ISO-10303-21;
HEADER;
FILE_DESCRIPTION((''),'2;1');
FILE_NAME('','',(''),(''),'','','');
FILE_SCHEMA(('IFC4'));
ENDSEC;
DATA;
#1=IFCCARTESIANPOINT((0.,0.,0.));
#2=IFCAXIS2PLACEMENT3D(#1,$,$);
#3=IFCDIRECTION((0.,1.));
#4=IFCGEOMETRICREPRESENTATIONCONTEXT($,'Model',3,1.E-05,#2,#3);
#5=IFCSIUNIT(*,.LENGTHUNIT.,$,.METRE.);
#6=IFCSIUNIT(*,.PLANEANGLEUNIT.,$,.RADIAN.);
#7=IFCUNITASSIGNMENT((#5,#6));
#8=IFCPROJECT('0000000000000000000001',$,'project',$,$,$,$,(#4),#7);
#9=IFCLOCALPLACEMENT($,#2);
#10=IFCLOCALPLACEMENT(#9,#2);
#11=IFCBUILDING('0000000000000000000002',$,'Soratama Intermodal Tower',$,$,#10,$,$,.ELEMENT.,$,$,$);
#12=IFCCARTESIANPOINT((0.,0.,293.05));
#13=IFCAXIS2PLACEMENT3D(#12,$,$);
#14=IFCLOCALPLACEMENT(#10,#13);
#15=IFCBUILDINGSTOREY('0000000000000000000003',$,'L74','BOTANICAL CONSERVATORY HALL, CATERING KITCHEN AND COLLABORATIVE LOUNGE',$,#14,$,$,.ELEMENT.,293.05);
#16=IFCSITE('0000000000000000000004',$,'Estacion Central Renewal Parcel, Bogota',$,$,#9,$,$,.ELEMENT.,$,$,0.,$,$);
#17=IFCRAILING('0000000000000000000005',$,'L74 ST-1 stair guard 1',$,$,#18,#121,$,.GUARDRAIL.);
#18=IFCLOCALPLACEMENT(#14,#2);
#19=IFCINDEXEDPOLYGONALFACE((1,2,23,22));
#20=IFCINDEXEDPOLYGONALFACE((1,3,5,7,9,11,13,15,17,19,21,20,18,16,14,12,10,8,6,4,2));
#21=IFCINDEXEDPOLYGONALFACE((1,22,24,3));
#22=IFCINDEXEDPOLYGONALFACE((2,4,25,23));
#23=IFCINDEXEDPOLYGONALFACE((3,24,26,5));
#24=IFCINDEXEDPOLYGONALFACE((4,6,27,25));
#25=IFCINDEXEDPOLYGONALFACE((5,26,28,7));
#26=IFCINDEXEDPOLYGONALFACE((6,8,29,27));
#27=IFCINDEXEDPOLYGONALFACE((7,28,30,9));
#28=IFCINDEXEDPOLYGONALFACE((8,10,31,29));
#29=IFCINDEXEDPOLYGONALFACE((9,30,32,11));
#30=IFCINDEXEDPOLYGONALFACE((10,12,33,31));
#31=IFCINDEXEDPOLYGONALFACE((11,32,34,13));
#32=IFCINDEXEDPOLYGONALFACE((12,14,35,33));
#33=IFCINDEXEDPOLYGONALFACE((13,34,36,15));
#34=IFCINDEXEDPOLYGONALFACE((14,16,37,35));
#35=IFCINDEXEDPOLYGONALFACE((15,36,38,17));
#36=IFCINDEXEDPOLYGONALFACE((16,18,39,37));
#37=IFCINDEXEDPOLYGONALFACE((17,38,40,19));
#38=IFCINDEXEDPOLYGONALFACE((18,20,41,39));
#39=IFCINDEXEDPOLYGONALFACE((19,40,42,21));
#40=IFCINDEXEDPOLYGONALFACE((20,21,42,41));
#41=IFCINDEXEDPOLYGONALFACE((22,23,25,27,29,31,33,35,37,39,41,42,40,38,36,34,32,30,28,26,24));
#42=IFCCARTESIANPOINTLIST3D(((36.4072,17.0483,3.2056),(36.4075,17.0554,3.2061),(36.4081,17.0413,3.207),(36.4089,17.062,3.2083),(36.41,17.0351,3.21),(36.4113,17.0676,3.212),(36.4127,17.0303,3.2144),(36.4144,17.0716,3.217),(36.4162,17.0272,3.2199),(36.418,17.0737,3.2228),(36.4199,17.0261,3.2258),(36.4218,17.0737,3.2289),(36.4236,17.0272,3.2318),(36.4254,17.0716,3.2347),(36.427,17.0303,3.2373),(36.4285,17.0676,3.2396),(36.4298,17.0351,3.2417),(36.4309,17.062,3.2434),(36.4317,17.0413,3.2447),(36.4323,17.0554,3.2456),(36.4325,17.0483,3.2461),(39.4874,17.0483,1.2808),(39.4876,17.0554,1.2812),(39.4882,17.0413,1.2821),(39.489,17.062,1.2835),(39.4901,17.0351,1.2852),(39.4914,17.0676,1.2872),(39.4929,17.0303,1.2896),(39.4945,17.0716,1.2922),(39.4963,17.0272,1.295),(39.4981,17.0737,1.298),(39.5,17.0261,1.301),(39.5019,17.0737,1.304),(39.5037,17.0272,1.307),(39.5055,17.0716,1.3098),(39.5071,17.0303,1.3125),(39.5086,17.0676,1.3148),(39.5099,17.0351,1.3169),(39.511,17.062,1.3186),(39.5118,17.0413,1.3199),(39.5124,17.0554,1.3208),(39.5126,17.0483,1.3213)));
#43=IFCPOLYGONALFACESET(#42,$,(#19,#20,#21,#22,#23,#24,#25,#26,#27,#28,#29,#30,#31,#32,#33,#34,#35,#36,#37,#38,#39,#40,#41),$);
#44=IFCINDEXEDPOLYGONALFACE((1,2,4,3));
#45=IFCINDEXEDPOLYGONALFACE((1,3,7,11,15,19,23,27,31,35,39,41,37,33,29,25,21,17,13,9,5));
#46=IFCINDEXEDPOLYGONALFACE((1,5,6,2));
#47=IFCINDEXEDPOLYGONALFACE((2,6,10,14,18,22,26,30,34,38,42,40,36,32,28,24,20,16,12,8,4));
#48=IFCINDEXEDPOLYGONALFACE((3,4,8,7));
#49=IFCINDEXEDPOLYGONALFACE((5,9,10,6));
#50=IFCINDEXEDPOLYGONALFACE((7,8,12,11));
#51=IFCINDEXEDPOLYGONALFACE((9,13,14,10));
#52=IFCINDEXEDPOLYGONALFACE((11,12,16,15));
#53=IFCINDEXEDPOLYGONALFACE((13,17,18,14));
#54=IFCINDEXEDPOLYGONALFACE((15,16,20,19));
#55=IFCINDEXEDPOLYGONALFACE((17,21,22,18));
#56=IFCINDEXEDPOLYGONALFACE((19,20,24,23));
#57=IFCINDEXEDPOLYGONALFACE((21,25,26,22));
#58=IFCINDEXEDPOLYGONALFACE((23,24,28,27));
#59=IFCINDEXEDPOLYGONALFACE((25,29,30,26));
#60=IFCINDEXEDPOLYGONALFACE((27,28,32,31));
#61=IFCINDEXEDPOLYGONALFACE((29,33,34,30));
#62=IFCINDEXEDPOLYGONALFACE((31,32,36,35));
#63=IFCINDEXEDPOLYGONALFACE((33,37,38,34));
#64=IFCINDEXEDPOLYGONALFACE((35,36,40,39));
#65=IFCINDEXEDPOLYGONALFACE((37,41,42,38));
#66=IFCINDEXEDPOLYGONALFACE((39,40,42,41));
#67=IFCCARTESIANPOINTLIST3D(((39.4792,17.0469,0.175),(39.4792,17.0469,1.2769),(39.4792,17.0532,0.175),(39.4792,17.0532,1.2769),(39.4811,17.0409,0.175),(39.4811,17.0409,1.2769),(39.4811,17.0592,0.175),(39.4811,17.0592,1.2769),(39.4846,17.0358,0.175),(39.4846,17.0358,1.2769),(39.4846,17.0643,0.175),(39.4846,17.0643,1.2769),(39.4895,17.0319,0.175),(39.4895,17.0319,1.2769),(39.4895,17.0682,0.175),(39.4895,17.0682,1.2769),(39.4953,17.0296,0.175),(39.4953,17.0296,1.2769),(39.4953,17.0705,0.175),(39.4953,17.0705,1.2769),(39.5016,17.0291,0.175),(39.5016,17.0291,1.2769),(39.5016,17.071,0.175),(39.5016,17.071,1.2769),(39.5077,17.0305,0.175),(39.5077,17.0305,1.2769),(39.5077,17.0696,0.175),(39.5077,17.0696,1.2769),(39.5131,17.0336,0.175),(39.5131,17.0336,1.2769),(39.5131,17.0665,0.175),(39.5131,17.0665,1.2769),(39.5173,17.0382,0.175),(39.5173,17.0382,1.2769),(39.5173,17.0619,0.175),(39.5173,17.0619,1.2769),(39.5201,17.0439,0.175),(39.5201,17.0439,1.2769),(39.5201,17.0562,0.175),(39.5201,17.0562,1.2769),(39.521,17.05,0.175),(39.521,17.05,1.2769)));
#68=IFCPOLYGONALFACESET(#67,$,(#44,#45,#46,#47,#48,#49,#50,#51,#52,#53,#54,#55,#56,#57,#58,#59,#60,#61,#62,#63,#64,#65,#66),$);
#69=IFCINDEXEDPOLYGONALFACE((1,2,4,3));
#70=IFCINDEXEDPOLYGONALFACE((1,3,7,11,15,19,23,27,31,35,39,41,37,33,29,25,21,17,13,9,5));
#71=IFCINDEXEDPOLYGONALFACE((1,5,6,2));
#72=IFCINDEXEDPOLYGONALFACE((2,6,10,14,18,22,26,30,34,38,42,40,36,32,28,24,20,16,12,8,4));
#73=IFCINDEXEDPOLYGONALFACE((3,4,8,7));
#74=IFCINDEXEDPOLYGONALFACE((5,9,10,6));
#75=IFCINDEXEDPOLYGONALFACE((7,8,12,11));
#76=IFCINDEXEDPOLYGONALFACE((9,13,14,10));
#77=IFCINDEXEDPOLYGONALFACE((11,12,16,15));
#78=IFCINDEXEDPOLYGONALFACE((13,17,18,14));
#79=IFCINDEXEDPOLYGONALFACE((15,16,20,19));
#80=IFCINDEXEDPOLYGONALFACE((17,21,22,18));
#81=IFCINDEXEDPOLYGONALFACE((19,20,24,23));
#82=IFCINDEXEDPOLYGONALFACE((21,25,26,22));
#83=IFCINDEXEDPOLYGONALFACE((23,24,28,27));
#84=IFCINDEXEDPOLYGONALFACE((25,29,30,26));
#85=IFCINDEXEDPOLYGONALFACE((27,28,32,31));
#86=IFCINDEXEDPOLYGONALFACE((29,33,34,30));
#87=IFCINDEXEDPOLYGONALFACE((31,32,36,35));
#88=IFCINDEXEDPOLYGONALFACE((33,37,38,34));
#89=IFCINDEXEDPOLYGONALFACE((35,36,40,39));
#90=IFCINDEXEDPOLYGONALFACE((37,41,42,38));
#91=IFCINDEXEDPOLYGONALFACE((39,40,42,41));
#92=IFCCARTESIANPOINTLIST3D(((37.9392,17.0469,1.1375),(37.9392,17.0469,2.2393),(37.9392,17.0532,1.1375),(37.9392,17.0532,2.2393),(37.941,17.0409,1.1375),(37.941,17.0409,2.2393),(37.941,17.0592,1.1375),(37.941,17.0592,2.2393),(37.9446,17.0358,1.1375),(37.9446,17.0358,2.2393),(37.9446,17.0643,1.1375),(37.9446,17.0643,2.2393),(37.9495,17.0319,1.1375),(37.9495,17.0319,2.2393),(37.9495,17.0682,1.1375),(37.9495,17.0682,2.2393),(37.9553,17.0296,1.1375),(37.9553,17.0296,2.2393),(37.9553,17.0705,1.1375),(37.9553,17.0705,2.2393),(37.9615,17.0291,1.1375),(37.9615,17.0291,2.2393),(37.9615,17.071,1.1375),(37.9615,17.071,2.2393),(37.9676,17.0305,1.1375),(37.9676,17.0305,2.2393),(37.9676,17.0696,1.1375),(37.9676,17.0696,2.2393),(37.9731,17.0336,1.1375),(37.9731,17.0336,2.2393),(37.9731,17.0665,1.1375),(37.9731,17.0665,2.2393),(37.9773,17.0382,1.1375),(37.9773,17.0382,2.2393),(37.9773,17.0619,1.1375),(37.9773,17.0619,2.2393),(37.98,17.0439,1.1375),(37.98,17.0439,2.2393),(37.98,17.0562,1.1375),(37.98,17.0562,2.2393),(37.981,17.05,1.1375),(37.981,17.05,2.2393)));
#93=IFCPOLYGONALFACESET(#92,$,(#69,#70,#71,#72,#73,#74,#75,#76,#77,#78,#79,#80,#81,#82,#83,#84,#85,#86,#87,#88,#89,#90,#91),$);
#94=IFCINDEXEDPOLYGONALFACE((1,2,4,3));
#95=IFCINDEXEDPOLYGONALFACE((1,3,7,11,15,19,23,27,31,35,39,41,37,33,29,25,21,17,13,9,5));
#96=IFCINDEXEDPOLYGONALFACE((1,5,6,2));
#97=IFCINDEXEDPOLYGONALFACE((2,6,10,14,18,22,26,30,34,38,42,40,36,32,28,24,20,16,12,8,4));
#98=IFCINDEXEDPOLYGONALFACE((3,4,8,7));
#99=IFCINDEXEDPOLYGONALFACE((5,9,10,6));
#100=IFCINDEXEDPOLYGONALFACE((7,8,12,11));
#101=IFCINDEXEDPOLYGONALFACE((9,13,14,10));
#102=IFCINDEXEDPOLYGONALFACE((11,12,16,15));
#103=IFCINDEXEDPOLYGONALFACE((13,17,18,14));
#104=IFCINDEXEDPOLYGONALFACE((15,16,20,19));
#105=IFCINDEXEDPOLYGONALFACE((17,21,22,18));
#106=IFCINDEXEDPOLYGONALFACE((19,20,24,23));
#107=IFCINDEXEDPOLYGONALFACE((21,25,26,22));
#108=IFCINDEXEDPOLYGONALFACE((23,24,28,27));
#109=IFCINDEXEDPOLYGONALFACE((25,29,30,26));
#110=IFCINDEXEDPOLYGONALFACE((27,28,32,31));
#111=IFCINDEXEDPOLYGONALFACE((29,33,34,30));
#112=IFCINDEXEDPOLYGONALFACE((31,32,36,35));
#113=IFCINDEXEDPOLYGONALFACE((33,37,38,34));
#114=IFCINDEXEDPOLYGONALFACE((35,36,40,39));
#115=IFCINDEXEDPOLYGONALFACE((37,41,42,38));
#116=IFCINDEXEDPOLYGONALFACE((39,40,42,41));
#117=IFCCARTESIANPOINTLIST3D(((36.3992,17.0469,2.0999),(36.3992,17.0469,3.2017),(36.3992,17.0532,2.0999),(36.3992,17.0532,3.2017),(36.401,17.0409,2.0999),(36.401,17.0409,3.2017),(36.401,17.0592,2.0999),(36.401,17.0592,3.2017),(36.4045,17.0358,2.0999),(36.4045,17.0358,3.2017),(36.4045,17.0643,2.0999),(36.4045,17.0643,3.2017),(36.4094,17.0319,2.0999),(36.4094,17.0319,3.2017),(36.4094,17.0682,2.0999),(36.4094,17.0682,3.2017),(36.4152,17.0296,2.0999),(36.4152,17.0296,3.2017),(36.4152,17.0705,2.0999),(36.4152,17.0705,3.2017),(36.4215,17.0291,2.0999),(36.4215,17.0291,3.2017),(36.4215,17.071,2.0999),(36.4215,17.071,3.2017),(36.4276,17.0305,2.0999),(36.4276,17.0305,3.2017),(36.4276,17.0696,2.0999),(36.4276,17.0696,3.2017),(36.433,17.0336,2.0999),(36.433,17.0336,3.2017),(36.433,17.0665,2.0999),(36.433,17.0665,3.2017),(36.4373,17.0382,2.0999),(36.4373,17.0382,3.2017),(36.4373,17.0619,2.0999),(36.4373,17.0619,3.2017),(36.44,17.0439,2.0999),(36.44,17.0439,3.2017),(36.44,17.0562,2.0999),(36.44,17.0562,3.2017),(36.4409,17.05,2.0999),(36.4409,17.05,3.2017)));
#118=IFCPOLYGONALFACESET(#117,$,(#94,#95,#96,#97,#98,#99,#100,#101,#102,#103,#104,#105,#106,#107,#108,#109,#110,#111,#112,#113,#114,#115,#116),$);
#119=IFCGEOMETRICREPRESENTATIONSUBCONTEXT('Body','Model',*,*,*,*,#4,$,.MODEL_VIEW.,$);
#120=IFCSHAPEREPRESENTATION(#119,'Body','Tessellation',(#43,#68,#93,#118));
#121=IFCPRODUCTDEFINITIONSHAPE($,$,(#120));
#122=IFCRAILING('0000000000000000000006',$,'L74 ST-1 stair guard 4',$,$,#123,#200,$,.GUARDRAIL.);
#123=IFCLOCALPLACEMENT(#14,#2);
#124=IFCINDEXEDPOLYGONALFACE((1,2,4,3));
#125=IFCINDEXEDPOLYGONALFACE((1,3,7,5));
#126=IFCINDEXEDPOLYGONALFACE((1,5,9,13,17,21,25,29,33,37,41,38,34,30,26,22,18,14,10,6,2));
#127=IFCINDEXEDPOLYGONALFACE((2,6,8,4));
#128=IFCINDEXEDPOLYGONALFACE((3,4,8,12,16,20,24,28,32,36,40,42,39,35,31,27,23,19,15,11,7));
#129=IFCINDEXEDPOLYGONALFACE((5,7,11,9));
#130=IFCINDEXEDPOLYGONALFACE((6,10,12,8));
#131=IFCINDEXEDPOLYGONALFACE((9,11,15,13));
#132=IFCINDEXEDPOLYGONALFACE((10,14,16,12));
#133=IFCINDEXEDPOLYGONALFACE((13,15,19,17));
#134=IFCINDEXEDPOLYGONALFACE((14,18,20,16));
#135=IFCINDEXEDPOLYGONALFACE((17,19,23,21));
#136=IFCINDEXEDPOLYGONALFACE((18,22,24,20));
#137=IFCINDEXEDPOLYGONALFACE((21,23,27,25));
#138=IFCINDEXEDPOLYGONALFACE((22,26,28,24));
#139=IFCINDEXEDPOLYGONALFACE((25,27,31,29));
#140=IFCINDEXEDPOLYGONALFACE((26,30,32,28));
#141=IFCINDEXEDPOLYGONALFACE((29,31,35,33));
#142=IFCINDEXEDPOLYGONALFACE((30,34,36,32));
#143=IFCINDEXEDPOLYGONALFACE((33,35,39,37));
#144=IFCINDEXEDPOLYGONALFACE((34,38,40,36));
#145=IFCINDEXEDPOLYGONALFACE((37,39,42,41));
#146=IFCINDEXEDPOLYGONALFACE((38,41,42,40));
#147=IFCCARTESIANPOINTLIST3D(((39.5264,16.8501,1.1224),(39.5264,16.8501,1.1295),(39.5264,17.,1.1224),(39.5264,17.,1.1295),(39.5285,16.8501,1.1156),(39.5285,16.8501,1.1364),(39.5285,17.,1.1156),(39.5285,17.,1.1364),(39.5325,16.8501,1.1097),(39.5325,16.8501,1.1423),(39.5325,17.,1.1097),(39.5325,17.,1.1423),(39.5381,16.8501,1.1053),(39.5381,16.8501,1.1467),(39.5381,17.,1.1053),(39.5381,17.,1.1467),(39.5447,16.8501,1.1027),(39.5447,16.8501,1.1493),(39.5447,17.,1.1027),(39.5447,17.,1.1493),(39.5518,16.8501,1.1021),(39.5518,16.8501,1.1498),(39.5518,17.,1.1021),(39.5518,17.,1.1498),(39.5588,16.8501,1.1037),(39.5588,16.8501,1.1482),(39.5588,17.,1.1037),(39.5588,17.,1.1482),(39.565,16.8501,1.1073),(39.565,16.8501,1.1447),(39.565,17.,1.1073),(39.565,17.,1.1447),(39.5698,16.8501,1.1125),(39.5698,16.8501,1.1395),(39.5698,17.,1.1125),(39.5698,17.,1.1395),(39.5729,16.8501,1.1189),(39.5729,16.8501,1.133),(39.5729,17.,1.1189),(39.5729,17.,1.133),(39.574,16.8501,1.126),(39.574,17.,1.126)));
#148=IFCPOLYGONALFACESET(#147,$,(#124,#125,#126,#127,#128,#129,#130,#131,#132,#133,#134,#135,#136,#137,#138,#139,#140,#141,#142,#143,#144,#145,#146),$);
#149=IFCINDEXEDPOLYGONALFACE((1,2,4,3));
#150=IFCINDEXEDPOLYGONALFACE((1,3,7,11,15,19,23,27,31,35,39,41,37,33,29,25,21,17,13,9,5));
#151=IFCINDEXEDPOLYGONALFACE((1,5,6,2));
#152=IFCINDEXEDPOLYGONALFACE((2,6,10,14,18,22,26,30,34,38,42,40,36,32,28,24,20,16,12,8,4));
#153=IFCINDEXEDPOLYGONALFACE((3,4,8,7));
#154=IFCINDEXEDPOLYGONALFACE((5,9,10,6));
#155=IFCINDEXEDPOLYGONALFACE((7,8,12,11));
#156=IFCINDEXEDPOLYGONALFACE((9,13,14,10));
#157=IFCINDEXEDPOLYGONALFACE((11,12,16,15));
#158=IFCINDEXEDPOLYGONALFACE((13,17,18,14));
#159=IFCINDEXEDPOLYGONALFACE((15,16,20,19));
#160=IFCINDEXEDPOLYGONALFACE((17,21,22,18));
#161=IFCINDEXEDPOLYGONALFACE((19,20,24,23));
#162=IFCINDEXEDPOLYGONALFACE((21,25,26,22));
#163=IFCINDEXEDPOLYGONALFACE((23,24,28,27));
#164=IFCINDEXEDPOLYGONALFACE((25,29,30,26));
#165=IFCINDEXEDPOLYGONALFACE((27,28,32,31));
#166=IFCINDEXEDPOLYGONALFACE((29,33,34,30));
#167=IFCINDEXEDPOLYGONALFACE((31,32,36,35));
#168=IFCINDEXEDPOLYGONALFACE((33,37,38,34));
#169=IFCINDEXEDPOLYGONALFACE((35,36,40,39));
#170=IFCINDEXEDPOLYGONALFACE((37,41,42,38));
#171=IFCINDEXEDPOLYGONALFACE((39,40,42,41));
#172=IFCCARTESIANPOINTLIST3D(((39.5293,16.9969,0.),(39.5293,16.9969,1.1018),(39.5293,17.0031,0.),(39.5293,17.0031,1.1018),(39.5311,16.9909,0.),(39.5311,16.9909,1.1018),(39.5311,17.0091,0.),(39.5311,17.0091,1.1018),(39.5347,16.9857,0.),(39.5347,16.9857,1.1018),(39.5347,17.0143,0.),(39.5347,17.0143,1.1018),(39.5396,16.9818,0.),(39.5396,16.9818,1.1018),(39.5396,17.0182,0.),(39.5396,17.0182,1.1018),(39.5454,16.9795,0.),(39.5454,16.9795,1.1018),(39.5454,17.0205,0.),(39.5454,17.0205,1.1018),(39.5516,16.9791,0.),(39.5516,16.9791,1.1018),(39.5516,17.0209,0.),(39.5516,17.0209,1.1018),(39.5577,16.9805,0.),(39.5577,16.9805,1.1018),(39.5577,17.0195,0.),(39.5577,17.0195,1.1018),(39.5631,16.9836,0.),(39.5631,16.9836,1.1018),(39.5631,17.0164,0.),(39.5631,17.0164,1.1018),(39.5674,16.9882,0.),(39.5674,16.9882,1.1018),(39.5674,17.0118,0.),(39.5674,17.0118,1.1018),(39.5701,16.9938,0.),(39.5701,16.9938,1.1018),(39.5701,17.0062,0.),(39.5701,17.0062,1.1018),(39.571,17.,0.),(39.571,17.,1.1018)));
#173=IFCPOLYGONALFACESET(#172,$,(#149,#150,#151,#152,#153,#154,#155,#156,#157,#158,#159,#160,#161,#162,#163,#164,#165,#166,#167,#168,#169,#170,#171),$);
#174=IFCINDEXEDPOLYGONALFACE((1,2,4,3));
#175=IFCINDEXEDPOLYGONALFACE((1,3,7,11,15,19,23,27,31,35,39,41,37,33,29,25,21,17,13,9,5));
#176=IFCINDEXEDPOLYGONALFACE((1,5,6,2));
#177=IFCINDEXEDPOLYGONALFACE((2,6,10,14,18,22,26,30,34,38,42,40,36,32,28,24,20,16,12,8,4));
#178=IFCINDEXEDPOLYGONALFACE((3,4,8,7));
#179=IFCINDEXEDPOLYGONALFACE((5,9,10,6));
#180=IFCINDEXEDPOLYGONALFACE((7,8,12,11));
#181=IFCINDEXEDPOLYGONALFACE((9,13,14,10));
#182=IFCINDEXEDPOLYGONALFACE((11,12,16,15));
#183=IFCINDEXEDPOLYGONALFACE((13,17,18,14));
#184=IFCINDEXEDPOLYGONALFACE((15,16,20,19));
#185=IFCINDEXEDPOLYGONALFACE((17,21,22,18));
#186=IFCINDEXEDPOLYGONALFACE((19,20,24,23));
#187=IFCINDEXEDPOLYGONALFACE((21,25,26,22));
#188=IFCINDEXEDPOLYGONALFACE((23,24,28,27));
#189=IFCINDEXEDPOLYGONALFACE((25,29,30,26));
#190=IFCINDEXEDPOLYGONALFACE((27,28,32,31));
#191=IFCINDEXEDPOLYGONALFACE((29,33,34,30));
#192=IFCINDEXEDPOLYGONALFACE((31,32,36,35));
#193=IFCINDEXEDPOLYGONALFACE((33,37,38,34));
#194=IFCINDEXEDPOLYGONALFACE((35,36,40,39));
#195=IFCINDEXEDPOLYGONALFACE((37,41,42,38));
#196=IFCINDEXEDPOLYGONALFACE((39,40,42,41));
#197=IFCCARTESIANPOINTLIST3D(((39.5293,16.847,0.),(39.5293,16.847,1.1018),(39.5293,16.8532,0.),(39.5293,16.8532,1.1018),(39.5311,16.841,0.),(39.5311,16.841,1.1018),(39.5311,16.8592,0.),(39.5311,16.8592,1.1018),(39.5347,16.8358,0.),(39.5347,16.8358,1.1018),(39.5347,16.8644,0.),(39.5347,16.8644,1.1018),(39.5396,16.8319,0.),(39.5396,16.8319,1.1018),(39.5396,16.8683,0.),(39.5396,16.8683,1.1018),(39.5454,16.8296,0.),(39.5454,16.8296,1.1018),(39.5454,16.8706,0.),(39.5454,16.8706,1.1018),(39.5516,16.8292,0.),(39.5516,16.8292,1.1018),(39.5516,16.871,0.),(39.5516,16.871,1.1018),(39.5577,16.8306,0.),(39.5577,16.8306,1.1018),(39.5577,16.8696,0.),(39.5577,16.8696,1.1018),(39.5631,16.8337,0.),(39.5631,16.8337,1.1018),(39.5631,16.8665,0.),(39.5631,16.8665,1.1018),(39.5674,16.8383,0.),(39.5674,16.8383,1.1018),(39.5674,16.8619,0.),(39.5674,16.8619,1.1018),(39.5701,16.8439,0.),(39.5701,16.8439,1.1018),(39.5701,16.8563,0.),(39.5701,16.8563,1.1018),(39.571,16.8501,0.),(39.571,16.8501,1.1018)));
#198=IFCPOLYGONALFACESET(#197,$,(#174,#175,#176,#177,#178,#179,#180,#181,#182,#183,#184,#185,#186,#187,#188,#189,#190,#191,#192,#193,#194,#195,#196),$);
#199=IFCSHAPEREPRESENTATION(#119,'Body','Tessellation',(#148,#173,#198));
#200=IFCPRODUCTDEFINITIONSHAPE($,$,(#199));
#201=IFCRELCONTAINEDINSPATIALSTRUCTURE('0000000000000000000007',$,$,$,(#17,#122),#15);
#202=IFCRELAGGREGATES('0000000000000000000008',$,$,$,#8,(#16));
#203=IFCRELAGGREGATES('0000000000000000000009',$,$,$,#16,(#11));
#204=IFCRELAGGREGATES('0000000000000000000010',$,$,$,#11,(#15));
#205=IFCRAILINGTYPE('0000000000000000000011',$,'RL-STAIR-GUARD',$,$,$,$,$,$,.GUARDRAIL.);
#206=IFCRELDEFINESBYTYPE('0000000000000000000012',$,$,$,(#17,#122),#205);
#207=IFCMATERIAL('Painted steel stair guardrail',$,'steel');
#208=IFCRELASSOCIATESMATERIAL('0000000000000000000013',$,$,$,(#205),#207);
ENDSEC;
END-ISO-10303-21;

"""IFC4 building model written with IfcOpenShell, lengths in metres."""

from ifc_helpers import new_model, si_unit, direction, frame, origin, origin_2d, place, context, subcontext, project, spatial, circle, extrude, material, type_object, element, save


model = new_model("IFC4")

# Units and contexts
model_context = context("Model", 3, precision=1e-05, world=origin(), true_north=direction((0.0, 1.0)))
body_context = subcontext(model_context, "Body", "Model", "MODEL_VIEW")
ifc_project = project(units=[si_unit("LENGTHUNIT", "METRE"), si_unit("PLANEANGLEUNIT", "RADIAN")], contexts=[model_context])

# Site, building, storey
site_placement = place(None, origin())
site = spatial("IfcSite", under=ifc_project, at=site_placement, Name="Estacion Central Renewal Parcel, Bogota", CompositionType="ELEMENT", RefElevation=0.0)
building_placement = place(site_placement, origin())
building = spatial("IfcBuilding", under=site, at=building_placement, Name="Soratama Intermodal Tower", CompositionType="ELEMENT")
storey_placement = place(building_placement, frame((0.0, 0.0, 293.05)))
storey = spatial("IfcBuildingStorey", under=building, at=storey_placement, Name="L74", Description="BOTANICAL CONSERVATORY HALL, CATERING KITCHEN AND COLLABORATIVE LOUNGE", CompositionType="ELEMENT", Elevation=293.05)

# Railings
ifc_material_1 = material(Name="Painted steel stair guardrail", Category="steel")
railing_type_1 = type_object("IfcRailingType", Name="RL-STAIR-GUARD", PredefinedType="GUARDRAIL", material=ifc_material_1)
railing_1_placement = place(storey_placement, frame((39.5, 17.05, 0.175)))
element("IfcRailing", 1, at=railing_1_placement, inside=storey, type_object=railing_type_1, Name="L74 ST-1 stair guard 1", PredefinedType="GUARDRAIL", context=body_context, shape_type="SweptSolid", body=[
    extrude(circle(Radius=0.0239, at=origin_2d()), frame((0.0, 0.0, 1.126), z_axis=(-0.848029, 0.0, 0.529951), x_axis=(0.0, -1.0, 0.0)), (0.0, 0.0, 1.0), 3.6321),
    extrude(circle(Radius=0.021, at=origin_2d()), origin(), (0.0, 0.0, 1.0), 1.1018),
    extrude(circle(Radius=0.021, at=origin_2d()), frame((-1.54, 0.0, 0.9624)), (0.0, 0.0, 1.0), 1.1018),
    extrude(circle(Radius=0.021, at=origin_2d()), frame((-3.0801, 0.0, 1.9248)), (0.0, 0.0, 1.0), 1.1018),
])
railing_2_placement = place(storey_placement, frame((39.55, 17.0, 0.0)))
element("IfcRailing", 2, at=railing_2_placement, inside=storey, type_object=railing_type_1, Name="L74 ST-1 stair guard 4", PredefinedType="GUARDRAIL", context=body_context, shape_type="SweptSolid", body=[
    extrude(circle(Radius=0.0239, at=origin_2d()), frame((0.0, 0.0, 1.126), z_axis=(0.0, -1.0, 0.0), x_axis=(1.0, 0.0, 0.0)), (0.0, 0.0, 1.0), 0.1499),
    extrude(circle(Radius=0.021, at=origin_2d()), origin(), (0.0, 0.0, 1.0), 1.1018),
    extrude(circle(Radius=0.021, at=origin_2d()), frame((0.0, -0.1499, 0.0)), (0.0, 0.0, 1.0), 1.1018),
])

save(model, "model.ifc")
